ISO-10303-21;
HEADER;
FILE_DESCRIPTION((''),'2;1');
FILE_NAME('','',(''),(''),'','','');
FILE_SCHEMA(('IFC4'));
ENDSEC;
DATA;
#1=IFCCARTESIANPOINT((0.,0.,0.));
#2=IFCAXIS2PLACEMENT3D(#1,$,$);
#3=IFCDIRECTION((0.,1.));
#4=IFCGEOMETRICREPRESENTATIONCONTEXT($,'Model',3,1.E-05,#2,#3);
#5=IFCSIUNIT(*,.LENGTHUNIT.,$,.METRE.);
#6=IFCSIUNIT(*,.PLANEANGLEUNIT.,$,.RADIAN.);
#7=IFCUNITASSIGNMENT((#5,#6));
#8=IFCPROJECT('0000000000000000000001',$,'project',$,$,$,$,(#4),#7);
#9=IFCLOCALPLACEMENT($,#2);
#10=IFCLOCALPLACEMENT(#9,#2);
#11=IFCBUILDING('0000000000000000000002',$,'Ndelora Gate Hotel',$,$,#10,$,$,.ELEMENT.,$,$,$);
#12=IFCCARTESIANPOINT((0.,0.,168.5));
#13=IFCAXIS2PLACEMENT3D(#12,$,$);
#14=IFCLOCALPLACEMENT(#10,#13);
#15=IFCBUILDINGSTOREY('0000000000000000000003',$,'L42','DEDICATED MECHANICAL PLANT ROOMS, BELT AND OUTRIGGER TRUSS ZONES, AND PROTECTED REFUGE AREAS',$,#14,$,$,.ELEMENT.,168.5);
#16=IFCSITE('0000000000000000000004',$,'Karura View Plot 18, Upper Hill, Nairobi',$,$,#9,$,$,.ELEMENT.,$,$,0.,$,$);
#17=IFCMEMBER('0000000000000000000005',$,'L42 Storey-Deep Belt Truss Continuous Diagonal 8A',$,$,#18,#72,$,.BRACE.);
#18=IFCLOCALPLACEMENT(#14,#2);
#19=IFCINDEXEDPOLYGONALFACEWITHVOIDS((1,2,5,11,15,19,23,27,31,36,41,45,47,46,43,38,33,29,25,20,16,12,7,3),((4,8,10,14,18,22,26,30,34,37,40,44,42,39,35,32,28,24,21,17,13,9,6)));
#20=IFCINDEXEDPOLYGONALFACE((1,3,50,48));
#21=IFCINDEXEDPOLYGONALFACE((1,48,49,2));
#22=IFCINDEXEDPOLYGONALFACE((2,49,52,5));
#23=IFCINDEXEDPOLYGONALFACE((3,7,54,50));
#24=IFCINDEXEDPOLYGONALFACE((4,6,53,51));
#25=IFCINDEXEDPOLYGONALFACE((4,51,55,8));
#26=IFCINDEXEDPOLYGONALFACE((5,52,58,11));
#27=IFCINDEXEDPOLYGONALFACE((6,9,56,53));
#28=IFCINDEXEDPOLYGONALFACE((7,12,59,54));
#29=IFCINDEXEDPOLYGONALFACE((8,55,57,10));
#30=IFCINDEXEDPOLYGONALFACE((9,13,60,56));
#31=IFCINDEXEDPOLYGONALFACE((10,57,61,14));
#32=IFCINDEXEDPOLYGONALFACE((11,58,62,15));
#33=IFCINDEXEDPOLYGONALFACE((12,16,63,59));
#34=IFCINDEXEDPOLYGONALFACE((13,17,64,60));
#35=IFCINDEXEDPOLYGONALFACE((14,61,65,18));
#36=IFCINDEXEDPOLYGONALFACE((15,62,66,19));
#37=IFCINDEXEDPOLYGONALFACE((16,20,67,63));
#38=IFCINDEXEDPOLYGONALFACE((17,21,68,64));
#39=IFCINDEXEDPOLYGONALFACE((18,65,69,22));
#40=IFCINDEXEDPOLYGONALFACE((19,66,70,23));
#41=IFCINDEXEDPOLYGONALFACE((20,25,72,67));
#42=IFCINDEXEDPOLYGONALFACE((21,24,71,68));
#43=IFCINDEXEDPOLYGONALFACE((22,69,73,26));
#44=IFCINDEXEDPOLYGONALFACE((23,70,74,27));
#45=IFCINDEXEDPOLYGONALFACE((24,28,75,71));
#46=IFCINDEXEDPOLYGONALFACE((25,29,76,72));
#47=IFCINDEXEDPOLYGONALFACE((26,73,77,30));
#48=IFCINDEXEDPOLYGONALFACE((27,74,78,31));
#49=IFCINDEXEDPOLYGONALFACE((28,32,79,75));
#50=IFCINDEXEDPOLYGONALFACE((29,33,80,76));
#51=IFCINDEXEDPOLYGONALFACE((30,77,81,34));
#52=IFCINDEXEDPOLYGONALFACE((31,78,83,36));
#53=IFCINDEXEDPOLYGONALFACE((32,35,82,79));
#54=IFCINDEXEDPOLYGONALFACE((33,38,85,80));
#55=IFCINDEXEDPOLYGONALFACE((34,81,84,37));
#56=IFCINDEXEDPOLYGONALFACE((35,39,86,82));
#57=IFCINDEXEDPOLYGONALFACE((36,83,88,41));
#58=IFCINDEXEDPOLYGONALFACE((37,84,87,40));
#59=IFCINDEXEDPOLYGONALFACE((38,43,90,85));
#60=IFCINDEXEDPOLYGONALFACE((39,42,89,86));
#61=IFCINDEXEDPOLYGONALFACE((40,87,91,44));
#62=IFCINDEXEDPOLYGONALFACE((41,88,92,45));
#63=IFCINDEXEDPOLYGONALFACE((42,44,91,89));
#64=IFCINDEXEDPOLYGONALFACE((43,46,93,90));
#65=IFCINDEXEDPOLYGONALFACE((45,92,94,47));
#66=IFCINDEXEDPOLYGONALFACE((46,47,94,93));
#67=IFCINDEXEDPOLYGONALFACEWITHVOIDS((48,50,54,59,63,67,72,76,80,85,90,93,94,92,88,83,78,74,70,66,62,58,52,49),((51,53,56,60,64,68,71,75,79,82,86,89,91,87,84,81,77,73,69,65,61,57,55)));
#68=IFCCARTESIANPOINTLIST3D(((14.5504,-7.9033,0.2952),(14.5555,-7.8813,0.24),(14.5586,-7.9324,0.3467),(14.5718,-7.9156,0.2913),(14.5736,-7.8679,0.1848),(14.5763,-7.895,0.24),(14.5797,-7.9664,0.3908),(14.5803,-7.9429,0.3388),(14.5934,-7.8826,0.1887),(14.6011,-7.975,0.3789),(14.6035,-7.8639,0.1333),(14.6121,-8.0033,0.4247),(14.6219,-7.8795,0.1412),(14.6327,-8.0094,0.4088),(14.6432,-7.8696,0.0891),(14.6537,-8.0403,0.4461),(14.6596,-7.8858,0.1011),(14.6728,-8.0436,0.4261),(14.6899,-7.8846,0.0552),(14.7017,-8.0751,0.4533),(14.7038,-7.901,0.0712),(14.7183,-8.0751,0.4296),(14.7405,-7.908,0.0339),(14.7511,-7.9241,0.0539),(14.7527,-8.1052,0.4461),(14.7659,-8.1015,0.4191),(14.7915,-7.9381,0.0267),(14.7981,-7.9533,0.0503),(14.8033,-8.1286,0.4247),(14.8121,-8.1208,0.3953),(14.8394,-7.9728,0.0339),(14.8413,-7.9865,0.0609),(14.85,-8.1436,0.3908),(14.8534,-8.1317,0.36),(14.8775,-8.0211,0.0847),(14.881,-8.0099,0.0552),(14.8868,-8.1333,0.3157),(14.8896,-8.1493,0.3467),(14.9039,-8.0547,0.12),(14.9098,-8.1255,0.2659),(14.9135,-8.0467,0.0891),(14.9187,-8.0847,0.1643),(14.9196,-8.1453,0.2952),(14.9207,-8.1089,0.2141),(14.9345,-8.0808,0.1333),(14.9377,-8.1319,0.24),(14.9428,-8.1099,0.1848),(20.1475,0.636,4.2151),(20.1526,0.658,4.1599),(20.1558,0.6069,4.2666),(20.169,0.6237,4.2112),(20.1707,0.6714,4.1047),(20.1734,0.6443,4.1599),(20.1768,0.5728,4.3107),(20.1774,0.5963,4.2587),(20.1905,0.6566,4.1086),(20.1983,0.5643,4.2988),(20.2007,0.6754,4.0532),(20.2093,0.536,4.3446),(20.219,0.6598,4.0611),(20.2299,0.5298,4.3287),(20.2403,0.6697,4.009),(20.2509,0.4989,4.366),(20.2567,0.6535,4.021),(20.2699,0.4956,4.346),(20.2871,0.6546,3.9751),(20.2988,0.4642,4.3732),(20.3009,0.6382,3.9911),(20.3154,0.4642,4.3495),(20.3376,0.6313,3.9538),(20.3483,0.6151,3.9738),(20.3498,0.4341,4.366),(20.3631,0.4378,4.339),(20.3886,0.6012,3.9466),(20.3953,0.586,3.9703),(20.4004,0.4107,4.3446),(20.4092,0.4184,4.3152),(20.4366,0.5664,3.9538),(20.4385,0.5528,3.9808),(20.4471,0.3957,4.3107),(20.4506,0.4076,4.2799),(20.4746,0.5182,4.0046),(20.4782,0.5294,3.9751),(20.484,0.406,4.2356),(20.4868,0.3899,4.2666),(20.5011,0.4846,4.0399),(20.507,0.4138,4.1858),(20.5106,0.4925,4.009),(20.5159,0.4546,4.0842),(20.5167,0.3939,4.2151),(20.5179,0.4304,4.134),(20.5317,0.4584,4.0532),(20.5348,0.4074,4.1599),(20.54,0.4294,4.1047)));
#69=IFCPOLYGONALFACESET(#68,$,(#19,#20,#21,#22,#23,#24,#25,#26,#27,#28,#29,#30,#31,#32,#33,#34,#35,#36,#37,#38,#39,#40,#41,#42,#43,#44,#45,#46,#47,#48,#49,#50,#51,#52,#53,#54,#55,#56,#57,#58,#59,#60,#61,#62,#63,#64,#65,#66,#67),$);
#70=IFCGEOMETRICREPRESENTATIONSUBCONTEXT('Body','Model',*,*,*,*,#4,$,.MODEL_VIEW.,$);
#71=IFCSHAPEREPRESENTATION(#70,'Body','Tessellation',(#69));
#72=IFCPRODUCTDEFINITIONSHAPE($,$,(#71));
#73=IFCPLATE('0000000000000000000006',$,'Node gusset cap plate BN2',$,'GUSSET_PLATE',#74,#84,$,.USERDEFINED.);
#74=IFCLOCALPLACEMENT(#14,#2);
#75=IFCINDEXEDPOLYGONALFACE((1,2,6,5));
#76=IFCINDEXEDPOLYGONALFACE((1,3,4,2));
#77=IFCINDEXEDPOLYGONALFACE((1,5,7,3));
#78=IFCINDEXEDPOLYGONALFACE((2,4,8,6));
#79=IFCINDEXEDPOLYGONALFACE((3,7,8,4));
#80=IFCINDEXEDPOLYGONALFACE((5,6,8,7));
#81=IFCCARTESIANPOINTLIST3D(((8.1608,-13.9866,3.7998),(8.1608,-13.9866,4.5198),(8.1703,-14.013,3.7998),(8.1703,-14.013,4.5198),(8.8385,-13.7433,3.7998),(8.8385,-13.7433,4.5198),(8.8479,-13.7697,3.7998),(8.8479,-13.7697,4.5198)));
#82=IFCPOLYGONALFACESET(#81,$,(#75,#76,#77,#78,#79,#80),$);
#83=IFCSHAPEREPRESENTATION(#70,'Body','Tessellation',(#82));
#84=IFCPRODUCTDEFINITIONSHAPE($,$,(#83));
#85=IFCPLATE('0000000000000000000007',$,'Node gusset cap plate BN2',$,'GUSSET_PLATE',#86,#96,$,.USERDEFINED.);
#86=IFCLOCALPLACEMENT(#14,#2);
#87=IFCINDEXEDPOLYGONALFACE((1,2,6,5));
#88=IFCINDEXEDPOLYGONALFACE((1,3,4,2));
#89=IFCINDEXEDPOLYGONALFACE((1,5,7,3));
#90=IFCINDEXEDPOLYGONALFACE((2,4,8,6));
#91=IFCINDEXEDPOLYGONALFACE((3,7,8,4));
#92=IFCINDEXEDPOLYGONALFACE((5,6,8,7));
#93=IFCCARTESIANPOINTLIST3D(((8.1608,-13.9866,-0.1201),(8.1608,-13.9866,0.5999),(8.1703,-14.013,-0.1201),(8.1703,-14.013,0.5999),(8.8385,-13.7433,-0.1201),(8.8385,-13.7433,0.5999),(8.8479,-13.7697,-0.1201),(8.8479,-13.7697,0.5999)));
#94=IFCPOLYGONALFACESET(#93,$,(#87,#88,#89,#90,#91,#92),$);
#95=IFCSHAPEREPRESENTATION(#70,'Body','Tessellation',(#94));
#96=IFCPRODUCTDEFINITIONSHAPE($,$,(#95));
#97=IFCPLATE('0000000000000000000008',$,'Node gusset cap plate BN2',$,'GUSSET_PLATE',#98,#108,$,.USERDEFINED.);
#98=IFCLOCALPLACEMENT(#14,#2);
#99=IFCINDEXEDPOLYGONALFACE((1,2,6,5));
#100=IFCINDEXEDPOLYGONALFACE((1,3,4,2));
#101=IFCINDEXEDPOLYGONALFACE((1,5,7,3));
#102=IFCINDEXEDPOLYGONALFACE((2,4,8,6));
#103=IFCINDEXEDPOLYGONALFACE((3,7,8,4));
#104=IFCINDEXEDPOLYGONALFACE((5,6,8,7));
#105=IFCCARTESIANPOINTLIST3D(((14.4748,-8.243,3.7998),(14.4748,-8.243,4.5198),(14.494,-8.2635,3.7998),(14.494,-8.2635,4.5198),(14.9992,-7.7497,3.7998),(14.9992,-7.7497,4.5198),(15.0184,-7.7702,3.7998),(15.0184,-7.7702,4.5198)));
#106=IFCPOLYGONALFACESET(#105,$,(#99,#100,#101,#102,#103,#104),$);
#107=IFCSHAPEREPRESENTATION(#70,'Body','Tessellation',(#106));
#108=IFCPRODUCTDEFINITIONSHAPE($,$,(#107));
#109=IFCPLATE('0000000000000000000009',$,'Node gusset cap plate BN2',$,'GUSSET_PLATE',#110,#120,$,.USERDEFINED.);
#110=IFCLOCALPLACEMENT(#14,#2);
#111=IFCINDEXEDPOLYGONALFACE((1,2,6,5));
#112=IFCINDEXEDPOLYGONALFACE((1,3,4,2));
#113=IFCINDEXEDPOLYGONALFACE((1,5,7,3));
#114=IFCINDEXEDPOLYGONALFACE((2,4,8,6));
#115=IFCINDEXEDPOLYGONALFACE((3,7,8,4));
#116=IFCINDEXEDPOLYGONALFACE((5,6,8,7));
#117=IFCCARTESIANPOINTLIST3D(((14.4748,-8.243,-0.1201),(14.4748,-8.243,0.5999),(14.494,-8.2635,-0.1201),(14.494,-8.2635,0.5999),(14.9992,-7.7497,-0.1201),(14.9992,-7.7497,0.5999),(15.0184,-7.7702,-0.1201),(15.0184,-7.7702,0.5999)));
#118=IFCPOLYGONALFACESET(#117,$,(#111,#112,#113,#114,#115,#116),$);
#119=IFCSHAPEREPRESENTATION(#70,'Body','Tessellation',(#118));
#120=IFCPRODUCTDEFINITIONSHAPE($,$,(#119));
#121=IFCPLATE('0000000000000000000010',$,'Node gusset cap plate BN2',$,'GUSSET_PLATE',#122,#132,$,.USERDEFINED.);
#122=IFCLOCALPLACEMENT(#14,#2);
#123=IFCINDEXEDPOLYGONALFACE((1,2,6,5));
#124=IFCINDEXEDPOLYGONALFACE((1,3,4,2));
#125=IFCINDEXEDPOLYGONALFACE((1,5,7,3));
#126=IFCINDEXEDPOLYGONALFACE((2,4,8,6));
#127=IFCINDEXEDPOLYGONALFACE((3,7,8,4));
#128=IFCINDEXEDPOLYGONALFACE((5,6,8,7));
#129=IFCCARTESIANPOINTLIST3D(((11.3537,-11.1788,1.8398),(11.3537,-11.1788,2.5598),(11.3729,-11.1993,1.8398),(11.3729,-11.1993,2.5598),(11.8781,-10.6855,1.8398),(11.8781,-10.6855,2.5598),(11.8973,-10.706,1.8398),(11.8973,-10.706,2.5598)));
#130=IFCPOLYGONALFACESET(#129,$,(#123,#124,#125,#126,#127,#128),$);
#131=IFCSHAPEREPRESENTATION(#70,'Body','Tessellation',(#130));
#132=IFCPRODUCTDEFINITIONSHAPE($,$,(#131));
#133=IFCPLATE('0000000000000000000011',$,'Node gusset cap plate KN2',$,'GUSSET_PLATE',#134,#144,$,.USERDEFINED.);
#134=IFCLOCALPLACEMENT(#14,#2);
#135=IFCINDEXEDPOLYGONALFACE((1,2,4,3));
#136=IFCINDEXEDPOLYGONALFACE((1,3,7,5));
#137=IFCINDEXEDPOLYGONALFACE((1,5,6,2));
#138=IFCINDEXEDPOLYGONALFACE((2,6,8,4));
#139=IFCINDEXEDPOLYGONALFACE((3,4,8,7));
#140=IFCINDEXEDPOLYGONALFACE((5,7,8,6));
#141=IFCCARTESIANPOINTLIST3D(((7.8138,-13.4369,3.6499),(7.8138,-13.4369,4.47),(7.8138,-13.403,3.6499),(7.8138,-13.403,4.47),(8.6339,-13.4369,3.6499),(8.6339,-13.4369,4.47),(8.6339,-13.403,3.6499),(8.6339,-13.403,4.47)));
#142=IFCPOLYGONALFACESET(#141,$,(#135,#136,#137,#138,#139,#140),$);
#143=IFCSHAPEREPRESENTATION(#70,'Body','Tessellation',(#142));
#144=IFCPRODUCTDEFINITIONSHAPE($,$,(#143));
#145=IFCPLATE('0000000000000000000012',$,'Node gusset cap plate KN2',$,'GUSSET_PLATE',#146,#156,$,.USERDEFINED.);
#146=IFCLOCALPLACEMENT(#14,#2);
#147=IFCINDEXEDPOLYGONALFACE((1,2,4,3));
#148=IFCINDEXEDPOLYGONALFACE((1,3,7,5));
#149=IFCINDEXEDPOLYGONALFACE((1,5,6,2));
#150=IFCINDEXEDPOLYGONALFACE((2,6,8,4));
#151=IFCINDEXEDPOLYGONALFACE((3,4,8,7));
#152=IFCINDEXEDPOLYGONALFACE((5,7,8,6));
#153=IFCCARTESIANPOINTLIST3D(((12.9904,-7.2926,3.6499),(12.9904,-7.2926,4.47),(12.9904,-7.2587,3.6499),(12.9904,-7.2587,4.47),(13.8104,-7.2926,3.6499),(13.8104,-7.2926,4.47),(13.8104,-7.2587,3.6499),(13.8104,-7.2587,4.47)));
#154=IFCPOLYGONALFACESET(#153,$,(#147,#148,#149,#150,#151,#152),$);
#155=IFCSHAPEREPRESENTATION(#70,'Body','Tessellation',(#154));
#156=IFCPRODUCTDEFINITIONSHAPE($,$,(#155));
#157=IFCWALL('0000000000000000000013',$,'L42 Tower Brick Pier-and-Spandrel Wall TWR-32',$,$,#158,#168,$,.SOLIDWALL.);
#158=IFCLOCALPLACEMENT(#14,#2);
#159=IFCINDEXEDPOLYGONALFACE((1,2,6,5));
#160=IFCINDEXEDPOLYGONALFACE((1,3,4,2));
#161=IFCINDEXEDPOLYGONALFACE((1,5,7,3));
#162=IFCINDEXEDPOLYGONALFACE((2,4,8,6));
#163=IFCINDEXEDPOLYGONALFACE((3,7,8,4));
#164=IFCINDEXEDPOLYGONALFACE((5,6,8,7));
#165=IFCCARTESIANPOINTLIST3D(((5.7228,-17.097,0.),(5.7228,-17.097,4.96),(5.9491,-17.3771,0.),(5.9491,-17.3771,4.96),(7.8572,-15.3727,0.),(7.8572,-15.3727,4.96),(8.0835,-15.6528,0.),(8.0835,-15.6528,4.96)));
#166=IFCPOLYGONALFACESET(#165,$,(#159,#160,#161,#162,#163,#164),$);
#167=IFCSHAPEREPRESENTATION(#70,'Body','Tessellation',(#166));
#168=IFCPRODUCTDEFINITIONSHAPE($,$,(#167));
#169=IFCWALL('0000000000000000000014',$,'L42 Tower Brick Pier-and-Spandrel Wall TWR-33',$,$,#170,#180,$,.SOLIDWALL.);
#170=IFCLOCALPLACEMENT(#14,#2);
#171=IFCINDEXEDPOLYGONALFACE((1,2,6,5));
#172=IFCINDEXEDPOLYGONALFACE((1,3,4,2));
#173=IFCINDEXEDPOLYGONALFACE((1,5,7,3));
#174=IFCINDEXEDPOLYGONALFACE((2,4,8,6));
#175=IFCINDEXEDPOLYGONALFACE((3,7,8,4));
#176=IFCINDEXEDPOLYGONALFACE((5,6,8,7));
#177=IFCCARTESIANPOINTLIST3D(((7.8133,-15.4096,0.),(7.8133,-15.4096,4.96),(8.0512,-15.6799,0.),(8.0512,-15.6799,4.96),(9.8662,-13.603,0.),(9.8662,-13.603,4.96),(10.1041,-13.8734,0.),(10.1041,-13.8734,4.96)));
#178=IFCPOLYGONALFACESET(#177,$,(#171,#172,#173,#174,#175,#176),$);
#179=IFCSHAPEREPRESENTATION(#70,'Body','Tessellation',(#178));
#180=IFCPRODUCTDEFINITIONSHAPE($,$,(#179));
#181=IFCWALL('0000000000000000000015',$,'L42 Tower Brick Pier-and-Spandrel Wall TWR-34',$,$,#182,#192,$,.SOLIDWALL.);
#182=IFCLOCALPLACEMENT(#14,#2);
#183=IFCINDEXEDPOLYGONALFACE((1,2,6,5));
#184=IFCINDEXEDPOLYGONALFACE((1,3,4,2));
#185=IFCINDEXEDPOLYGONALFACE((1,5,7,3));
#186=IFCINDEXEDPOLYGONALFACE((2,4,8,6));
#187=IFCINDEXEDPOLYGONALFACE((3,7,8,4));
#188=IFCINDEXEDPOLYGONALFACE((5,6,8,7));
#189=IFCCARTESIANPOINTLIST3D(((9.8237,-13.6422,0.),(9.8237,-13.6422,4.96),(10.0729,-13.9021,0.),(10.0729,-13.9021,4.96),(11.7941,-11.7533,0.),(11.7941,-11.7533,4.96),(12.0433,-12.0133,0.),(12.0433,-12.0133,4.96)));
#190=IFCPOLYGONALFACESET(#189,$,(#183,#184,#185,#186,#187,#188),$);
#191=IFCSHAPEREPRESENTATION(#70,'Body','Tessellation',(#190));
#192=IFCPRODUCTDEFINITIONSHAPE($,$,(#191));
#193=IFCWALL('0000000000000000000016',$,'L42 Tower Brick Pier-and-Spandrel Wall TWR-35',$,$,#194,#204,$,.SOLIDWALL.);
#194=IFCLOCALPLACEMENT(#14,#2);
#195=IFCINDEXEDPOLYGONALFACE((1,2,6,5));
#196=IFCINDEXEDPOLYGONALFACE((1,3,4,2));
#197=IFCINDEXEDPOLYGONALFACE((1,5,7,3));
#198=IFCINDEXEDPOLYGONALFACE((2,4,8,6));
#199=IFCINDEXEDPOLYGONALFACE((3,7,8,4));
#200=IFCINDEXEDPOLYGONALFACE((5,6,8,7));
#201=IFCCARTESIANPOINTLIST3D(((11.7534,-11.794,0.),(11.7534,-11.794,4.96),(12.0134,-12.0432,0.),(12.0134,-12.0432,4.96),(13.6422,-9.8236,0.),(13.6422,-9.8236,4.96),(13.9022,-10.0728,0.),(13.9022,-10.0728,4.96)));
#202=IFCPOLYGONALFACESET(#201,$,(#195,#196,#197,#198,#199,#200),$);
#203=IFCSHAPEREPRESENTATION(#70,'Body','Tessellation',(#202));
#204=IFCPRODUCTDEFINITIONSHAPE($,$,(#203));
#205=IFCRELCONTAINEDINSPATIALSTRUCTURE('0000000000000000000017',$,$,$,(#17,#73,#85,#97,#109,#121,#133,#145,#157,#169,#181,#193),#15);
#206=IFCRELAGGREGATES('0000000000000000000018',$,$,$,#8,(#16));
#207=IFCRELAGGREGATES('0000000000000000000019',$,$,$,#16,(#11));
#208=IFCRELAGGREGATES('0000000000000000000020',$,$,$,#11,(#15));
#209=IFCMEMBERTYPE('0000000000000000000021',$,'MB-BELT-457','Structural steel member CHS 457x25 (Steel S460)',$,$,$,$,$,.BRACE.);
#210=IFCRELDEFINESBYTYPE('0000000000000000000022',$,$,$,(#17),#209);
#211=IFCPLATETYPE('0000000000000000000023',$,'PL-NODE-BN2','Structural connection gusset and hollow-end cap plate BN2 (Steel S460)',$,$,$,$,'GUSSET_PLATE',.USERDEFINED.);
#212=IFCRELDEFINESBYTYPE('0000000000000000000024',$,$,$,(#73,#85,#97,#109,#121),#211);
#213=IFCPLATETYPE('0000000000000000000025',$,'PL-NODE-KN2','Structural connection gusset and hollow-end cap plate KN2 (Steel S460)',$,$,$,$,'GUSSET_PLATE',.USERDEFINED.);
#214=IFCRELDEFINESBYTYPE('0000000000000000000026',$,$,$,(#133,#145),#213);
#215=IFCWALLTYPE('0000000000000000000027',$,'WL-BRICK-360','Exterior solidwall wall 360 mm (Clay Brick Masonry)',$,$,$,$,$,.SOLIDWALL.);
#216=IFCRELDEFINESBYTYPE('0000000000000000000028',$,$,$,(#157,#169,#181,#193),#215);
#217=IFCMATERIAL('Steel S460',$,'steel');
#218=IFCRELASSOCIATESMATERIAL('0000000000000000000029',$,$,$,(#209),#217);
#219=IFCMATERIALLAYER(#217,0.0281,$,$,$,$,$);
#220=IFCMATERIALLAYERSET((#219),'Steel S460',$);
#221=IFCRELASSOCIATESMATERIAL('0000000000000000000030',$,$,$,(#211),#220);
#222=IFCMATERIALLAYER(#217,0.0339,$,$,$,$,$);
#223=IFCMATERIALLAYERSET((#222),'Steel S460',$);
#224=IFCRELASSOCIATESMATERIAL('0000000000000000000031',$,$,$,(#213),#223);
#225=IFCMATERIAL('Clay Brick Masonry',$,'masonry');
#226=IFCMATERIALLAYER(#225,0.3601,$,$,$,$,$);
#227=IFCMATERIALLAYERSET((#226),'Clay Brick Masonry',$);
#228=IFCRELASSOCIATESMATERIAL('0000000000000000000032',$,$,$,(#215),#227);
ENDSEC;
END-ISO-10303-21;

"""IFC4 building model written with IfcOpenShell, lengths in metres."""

from ifc_helpers import new_model, si_unit, direction, frame, frame_2d, origin, origin_2d, place, context, subcontext, project, spatial, rectangle, hollow_circle, extrude, material, layer, layer_set, material_profile, profile_set, type_object, element, save


model = new_model("IFC4")

# Units and contexts
model_context = context("Model", 3, precision=1e-05, world=origin(), true_north=direction((0.0, 1.0)))
body_context = subcontext(model_context, "Body", "Model", "MODEL_VIEW")
ifc_project = project(units=[si_unit("LENGTHUNIT", "METRE"), si_unit("PLANEANGLEUNIT", "RADIAN")], contexts=[model_context])

# Site, building, storey
site_placement = place(None, origin())
site = spatial("IfcSite", under=ifc_project, at=site_placement, Name="Karura View Plot 18, Upper Hill, Nairobi", CompositionType="ELEMENT", RefElevation=0.0)
building_placement = place(site_placement, origin())
building = spatial("IfcBuilding", under=site, at=building_placement, Name="Ndelora Gate Hotel", CompositionType="ELEMENT")
storey_placement = place(building_placement, frame((0.0, 0.0, 168.5)))
storey = spatial("IfcBuildingStorey", under=building, at=storey_placement, Name="L42", Description="DEDICATED MECHANICAL PLANT ROOMS, BELT AND OUTRIGGER TRUSS ZONES, AND PROTECTED REFUGE AREAS", CompositionType="ELEMENT", Elevation=168.5)

# Shared definitions
ifc_material_1 = material(Name="Steel S460", Category="steel")

# Member
ifc_material_profile_1 = material_profile(ifc_material_1, hollow_circle(Radius=0.2285, WallThickness=0.0249, at=origin_2d()), Name="CHS 457x25")
ifc_profile_set_1 = profile_set([ifc_material_profile_1], Name="Steel S460")
member_type = type_object("IfcMemberType", Name="MB-BELT-457", Description="Structural steel member CHS 457x25 (Steel S460)", PredefinedType="BRACE", material=ifc_profile_set_1)
member_1_placement = place(storey_placement, frame((14.7466, -8.0066, 0.24), z_axis=(0.511773, 0.780786, 0.358415), x_axis=(-0.836351, 0.548194, 0.0)))
element("IfcMember", 1, at=member_1_placement, inside=storey, type_object=member_type, Name="L42 Storey-Deep Belt Truss Continuous Diagonal 8A", PredefinedType="BRACE", context=body_context, shape_type="SweptSolid", body=[
    extrude(hollow_circle(Radius=0.2285, WallThickness=0.0249, at=origin_2d()), origin(), (0.0, 0.0, 1.0), 10.9368),
])

# Plates
ifc_layer_1 = layer(ifc_material_1, 0.0281)
ifc_layer_set_1 = layer_set([ifc_layer_1], Name="Steel S460")
plate_type_1 = type_object("IfcPlateType", Name="PL-NODE-BN2", Description="Structural connection gusset and hollow-end cap plate BN2 (Steel S460)", ElementType="GUSSET_PLATE", PredefinedType="USERDEFINED", material=ifc_layer_set_1)
for number, where, z_axis, x_axis, name in (
    (2, (8.5044, -13.8782, 3.7998), (0.0, 0.0, 1.0), (0.941176, 0.337917, 0.0), "Node gusset cap plate BN2"),
    (3, (8.5044, -13.8782, -0.1201), (0.0, 0.0, 1.0), (0.941176, 0.337917, 0.0), "Node gusset cap plate BN2"),
    (4, (14.7466, -8.0066, 3.7998), (0.0, 0.0, 1.0), (0.728371, 0.685183, 0.0), "Node gusset cap plate BN2"),
    (5, (14.7466, -8.0066, -0.1201), (0.0, 0.0, 1.0), (0.728371, 0.685183, 0.0), "Node gusset cap plate BN2"),
    (6, (11.6255, -10.9424, 1.8398), (0.0, 0.0, 1.0), (0.728371, 0.685183, 0.0), "Node gusset cap plate BN2"),
):
    element("IfcPlate", number, at=place(storey_placement, frame(where, z_axis=z_axis, x_axis=x_axis)), inside=storey, type_object=plate_type_1, Name=name, ObjectType="GUSSET_PLATE", PredefinedType="USERDEFINED", context=body_context, shape_type="SweptSolid", body=[
        extrude(rectangle(XDim=0.72, YDim=0.0281, at=origin_2d()), origin(), (0.0, 0.0, 1.0), 0.72),
    ])
ifc_layer_2 = layer(ifc_material_1, 0.0339)
ifc_layer_set_2 = layer_set([ifc_layer_2], Name="Steel S460")
plate_type_2 = type_object("IfcPlateType", Name="PL-NODE-KN2", Description="Structural connection gusset and hollow-end cap plate KN2 (Steel S460)", ElementType="GUSSET_PLATE", PredefinedType="USERDEFINED", material=ifc_layer_set_2)
for number, where, z_axis, x_axis, name in (
    (7, (8.2239, -13.4199, 3.6499), (0.0, 0.0, 1.0), (1.0, 0.0, 0.0), "Node gusset cap plate KN2"),
    (8, (13.4004, -7.2756, 3.6499), (0.0, 0.0, 1.0), (1.0, 0.0, 0.0), "Node gusset cap plate KN2"),
):
    element("IfcPlate", number, at=place(storey_placement, frame(where, z_axis=z_axis, x_axis=x_axis)), inside=storey, type_object=plate_type_2, Name=name, ObjectType="GUSSET_PLATE", PredefinedType="USERDEFINED", context=body_context, shape_type="SweptSolid", body=[
        extrude(rectangle(XDim=0.8201, YDim=0.0339, at=origin_2d()), origin(), (0.0, 0.0, 1.0), 0.8201),
    ])

# Walls
ifc_material_2 = material(Name="Clay Brick Masonry", Category="masonry")
ifc_layer_3 = layer(ifc_material_2, 0.3601)
ifc_layer_set_3 = layer_set([ifc_layer_3], Name="Clay Brick Masonry")
wall_type_1 = type_object("IfcWallType", Name="WL-BRICK-360", Description="Exterior solidwall wall 360 mm (Clay Brick Masonry)", PredefinedType="SOLIDWALL", material=ifc_layer_set_3)
wall_1_placement = place(storey_placement, frame((7.9705, -15.5127, 0.0), z_axis=(0.0, 0.0, 1.0), x_axis=(-0.777883, -0.62841, 0.0)))
element("IfcWall", 9, at=wall_1_placement, inside=storey, type_object=wall_type_1, Name="L42 Tower Brick Pier-and-Spandrel Wall TWR-32", PredefinedType="SOLIDWALL", context=body_context, shape_type="SweptSolid", body=[
    extrude(rectangle(XDim=2.7439, YDim=0.3601, at=frame_2d((1.3721, 0.0))), origin(), (0.0, 0.0, 1.0), 4.96),
])
wall_2_placement = place(storey_placement, frame((9.9851, -13.7383, 0.0), z_axis=(0.0, 0.0, 1.0), x_axis=(-0.75071, -0.660632, 0.0)))
element("IfcWall", 10, at=wall_2_placement, inside=storey, type_object=wall_type_1, Name="L42 Tower Brick Pier-and-Spandrel Wall TWR-33", PredefinedType="SOLIDWALL", context=body_context, shape_type="SweptSolid", body=[
    extrude(rectangle(XDim=2.7346, YDim=0.3601, at=frame_2d((1.3672, 0.0))), origin(), (0.0, 0.0, 1.0), 4.96),
])
for number, where, z_axis, x_axis, name in (
    (11, (11.9187, -11.8833, 0.0), (0.0, 0.0, 1.0), (-0.721886, -0.692012, 0.0), "L42 Tower Brick Pier-and-Spandrel Wall TWR-34"),
    (12, (13.7722, -9.9482, 0.0), (0.0, 0.0, 1.0), (-0.692012, -0.721886, 0.0), "L42 Tower Brick Pier-and-Spandrel Wall TWR-35"),
):
    element("IfcWall", number, at=place(storey_placement, frame(where, z_axis=z_axis, x_axis=x_axis)), inside=storey, type_object=wall_type_1, Name=name, PredefinedType="SOLIDWALL", context=body_context, shape_type="SweptSolid", body=[
        extrude(rectangle(XDim=2.7295, YDim=0.3601, at=frame_2d((1.3647, 0.0))), origin(), (0.0, 0.0, 1.0), 4.96),
    ])

save(model, "model.ifc")
